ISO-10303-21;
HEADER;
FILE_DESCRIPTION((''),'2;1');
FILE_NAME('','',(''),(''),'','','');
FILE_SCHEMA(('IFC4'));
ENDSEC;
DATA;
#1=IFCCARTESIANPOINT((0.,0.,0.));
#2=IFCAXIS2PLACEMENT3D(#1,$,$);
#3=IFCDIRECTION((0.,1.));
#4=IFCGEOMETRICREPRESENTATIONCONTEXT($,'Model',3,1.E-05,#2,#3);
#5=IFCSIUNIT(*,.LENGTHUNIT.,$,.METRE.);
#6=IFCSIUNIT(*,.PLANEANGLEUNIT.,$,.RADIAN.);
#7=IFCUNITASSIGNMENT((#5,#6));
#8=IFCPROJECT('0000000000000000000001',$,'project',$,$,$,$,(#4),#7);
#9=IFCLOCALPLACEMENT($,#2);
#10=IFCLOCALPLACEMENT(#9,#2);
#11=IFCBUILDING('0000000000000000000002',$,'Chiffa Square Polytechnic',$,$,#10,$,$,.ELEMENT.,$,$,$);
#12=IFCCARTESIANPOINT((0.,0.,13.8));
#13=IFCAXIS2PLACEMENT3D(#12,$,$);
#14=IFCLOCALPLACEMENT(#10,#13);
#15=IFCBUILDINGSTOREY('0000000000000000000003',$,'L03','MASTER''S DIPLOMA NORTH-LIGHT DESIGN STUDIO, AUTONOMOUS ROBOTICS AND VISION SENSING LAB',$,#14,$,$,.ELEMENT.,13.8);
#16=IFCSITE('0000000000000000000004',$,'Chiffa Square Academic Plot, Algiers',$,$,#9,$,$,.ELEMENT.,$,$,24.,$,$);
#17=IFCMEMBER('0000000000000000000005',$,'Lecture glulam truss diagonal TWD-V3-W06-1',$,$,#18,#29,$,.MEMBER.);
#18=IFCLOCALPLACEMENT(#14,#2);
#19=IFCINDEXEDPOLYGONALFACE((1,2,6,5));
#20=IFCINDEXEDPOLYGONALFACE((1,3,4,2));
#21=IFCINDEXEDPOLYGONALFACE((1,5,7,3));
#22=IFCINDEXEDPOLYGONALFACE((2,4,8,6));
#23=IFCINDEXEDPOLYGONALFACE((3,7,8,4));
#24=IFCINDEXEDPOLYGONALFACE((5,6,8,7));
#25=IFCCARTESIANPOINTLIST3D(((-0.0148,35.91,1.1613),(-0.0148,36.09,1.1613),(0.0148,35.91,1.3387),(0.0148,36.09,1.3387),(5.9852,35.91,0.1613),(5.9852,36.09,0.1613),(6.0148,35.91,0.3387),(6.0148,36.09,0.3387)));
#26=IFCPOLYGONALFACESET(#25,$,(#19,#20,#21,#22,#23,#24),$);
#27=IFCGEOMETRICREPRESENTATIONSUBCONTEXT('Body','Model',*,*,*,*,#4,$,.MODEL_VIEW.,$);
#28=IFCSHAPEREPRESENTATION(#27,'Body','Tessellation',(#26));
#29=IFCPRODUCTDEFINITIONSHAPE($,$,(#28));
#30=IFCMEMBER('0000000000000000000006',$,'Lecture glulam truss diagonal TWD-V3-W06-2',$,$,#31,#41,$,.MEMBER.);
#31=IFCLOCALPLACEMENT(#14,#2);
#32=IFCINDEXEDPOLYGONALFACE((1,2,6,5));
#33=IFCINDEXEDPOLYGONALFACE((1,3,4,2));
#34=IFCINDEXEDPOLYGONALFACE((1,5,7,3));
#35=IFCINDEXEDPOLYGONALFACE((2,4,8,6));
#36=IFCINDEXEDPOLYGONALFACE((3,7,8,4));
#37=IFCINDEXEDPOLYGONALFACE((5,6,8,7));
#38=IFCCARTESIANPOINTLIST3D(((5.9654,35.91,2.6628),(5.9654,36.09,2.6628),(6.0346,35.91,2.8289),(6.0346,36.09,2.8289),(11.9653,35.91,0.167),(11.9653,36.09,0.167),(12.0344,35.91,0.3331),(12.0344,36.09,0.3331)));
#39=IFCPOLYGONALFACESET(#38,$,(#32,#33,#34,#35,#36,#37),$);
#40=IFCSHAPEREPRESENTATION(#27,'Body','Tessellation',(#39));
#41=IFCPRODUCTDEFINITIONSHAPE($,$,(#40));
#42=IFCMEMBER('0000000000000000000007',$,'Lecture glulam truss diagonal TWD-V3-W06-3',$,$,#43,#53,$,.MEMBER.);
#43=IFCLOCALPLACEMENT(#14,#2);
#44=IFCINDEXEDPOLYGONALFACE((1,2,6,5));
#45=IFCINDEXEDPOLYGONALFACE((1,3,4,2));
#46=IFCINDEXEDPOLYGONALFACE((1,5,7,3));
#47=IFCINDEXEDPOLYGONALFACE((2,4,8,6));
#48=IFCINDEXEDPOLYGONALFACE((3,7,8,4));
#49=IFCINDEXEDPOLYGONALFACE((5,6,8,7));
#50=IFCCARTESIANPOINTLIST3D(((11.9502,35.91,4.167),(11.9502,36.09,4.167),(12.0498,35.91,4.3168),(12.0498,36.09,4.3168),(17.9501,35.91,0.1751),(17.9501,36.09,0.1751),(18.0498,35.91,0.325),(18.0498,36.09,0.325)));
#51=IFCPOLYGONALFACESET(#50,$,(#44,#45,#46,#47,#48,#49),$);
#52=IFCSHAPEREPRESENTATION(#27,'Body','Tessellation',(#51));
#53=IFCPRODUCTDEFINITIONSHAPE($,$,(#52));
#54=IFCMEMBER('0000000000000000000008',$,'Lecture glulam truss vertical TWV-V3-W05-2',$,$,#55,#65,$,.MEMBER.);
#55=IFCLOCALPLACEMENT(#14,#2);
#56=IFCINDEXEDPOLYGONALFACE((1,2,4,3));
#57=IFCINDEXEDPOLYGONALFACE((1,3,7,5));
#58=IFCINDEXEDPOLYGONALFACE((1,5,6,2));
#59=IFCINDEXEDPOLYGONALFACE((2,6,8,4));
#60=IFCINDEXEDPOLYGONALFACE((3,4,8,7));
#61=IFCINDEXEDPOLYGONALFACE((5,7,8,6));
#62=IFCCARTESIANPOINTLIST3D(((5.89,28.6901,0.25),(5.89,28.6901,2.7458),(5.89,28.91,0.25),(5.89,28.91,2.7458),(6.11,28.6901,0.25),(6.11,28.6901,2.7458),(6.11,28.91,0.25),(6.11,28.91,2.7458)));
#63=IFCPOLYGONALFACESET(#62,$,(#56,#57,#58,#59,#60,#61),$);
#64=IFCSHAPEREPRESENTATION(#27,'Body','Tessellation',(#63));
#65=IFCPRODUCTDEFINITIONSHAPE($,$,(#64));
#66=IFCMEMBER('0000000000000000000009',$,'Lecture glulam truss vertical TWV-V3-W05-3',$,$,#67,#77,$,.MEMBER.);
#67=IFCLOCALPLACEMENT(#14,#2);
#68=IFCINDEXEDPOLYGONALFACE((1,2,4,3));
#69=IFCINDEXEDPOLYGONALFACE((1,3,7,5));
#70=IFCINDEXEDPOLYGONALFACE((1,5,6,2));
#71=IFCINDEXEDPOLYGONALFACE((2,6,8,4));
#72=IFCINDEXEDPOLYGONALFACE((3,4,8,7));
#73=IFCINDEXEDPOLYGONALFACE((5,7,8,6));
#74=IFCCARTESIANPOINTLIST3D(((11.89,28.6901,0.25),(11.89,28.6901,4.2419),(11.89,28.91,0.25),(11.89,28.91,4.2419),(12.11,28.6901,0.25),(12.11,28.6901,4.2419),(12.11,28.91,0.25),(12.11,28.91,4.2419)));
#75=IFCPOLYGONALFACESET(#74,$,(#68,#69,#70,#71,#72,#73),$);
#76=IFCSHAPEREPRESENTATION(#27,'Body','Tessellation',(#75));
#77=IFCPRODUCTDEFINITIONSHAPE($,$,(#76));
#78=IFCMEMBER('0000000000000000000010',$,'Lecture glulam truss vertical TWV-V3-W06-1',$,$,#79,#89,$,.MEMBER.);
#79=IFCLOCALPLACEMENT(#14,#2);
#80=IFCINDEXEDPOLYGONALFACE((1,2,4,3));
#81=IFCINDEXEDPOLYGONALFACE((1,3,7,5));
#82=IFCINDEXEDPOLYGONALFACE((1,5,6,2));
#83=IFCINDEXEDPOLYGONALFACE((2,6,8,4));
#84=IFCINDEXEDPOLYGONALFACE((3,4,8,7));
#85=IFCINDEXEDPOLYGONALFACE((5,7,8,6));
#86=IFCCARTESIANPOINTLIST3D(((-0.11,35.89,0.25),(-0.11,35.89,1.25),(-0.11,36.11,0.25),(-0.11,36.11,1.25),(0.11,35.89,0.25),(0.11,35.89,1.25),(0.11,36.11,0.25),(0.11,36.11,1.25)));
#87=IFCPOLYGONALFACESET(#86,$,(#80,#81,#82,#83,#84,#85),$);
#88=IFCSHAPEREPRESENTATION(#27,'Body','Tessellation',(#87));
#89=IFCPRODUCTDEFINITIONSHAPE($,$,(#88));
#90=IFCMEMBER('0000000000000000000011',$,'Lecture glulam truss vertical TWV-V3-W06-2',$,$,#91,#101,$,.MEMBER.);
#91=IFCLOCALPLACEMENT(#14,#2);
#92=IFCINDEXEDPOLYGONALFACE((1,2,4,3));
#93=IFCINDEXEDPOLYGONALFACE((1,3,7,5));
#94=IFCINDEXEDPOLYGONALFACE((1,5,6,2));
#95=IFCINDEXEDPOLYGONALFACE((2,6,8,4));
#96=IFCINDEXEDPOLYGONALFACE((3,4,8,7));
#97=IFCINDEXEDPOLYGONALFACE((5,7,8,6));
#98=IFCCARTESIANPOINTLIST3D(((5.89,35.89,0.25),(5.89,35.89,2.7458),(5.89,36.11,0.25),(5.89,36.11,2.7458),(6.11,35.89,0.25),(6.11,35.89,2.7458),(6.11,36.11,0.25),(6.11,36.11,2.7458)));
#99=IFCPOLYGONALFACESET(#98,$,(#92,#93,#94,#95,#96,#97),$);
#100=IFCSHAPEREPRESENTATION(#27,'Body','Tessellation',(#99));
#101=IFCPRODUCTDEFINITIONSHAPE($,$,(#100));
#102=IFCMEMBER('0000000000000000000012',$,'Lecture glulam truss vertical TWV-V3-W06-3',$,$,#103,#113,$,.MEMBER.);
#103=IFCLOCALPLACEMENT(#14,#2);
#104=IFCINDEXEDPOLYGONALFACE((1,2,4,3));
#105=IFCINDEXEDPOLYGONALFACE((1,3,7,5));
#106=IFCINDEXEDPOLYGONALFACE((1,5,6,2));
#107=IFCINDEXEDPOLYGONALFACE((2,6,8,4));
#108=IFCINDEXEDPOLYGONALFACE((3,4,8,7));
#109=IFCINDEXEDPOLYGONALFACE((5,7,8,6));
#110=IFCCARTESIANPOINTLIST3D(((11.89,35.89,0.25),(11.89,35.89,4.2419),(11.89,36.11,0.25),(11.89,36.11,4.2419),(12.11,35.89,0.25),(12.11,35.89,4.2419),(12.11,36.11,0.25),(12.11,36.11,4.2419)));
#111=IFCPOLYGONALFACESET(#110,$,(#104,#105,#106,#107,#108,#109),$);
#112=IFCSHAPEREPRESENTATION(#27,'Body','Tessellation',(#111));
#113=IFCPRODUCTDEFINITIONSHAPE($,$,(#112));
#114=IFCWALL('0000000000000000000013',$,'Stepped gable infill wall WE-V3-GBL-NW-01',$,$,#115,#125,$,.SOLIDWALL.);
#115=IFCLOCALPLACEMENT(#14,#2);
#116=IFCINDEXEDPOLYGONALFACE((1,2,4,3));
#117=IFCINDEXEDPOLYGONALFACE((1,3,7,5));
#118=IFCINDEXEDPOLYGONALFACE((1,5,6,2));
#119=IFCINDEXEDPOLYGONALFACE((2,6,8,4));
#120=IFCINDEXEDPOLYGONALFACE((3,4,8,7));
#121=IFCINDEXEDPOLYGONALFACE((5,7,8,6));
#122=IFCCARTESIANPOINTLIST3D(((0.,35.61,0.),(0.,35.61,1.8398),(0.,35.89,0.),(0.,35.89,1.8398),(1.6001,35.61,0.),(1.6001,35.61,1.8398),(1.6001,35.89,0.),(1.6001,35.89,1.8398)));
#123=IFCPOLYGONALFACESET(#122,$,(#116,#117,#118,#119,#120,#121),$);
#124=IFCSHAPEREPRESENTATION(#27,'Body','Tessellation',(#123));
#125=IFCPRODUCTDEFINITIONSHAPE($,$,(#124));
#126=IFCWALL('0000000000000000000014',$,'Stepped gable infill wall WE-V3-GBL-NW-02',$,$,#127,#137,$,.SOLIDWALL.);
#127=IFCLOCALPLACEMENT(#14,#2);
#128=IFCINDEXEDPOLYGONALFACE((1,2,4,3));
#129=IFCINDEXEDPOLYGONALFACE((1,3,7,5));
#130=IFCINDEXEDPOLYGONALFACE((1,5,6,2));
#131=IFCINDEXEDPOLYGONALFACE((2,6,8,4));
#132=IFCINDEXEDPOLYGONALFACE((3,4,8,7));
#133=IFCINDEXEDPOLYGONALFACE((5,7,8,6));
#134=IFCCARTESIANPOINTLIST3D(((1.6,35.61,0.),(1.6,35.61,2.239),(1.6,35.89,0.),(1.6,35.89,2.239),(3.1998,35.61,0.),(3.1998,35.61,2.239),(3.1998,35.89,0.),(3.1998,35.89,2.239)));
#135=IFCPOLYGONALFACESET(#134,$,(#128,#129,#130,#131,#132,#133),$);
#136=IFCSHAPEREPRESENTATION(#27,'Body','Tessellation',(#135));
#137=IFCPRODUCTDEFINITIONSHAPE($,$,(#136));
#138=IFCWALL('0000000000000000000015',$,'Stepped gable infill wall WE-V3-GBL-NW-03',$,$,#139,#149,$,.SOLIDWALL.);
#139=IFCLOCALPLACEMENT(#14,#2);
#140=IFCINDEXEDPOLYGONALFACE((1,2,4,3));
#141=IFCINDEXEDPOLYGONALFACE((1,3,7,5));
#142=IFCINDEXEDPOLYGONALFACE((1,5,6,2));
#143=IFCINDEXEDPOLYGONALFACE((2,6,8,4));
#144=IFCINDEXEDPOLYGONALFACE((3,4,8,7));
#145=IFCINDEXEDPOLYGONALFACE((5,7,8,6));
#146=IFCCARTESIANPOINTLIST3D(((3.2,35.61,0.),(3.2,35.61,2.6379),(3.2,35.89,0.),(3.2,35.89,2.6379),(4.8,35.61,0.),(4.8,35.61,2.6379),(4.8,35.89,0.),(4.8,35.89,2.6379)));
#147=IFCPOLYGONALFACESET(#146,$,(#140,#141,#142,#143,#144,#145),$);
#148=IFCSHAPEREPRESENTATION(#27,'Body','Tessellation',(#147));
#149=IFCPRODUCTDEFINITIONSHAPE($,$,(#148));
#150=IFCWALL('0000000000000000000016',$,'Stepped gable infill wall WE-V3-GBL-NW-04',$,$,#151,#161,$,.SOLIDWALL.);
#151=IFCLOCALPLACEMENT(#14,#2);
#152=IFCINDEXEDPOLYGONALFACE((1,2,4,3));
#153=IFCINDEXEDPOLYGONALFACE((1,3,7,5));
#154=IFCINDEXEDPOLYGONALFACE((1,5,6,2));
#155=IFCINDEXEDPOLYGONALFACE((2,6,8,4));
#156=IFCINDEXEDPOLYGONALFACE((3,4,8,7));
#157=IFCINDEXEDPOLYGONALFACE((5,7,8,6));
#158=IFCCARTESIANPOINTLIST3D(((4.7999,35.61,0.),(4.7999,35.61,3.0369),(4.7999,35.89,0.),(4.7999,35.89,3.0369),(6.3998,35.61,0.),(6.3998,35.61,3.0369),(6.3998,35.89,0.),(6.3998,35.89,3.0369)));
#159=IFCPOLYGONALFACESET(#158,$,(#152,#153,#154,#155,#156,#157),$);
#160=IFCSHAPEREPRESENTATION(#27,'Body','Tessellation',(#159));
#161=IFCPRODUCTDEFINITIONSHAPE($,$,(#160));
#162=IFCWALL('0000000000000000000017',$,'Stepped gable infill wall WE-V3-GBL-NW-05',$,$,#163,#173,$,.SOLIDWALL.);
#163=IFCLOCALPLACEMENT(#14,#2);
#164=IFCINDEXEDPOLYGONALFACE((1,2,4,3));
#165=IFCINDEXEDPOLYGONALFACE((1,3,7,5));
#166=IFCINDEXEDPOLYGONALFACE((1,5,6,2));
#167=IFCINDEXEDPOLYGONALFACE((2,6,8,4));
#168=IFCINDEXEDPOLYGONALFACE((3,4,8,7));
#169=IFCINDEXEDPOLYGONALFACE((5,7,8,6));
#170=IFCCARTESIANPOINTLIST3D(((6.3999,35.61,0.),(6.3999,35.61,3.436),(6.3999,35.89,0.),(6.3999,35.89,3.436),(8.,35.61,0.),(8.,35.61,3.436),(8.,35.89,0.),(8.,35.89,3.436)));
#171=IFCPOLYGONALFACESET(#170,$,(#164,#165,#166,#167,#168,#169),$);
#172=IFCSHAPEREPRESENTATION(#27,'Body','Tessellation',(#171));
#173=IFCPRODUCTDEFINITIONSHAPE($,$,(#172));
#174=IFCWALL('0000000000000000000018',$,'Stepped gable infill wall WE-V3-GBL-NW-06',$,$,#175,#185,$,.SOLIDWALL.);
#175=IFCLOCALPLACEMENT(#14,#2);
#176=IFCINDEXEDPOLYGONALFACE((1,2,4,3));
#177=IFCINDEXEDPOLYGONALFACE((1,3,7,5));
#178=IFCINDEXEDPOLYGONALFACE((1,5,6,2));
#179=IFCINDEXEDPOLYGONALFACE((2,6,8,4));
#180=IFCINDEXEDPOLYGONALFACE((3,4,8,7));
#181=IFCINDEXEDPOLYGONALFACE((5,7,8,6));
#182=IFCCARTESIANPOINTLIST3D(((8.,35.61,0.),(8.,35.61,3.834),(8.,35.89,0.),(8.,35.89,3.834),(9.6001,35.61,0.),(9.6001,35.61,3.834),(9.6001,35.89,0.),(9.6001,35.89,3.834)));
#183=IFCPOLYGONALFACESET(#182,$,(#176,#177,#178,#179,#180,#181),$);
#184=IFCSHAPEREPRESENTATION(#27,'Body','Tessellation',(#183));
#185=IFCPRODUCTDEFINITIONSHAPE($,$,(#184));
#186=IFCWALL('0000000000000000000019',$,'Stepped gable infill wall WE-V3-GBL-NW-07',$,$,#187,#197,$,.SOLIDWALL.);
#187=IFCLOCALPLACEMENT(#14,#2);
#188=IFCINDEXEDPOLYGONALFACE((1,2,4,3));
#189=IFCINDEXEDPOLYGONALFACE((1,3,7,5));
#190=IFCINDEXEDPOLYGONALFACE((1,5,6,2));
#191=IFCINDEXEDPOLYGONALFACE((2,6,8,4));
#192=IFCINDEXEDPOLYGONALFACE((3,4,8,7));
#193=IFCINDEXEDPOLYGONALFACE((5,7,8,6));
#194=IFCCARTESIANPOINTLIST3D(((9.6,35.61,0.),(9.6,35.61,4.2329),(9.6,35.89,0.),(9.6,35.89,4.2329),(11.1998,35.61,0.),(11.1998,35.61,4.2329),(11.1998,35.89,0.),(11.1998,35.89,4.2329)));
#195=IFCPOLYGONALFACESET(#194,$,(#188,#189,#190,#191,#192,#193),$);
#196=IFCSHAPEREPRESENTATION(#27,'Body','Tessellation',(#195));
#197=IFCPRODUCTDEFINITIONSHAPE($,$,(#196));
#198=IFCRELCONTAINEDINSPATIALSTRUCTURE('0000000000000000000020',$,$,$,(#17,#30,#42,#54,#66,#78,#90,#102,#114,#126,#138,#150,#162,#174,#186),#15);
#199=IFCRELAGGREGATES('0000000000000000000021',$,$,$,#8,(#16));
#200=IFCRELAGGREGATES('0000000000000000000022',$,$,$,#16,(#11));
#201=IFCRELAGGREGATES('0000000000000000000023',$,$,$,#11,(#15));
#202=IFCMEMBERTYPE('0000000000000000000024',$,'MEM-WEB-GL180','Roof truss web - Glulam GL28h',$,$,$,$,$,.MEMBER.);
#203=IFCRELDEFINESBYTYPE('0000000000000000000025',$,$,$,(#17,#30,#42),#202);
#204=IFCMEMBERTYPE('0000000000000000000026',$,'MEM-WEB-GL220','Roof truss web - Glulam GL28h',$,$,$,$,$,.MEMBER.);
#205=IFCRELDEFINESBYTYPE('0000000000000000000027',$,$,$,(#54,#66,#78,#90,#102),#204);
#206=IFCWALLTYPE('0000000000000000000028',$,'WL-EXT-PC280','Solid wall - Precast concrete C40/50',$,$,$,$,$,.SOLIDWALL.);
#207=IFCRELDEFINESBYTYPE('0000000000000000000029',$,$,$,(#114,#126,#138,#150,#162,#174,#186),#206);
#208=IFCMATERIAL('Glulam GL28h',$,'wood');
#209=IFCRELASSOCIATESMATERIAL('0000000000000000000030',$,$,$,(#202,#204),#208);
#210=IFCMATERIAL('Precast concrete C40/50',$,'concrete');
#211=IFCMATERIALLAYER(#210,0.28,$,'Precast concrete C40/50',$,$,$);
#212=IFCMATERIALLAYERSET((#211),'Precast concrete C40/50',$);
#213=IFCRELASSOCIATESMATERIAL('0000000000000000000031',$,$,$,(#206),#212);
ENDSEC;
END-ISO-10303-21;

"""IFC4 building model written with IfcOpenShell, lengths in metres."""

from ifc_helpers import new_model, si_unit, direction, frame, frame_2d, origin, origin_2d, place, context, subcontext, project, spatial, rectangle, extrude, material, layer, layer_set, material_profile, profile_set, type_object, element, save


model = new_model("IFC4")

# Units and contexts
model_context = context("Model", 3, precision=1e-05, world=origin(), true_north=direction((0.0, 1.0)))
body_context = subcontext(model_context, "Body", "Model", "MODEL_VIEW")
ifc_project = project(units=[si_unit("LENGTHUNIT", "METRE"), si_unit("PLANEANGLEUNIT", "RADIAN")], contexts=[model_context])

# Site, building, storey
site_placement = place(None, origin())
site = spatial("IfcSite", under=ifc_project, at=site_placement, Name="Chiffa Square Academic Plot, Algiers", CompositionType="ELEMENT", RefElevation=24.0)
building_placement = place(site_placement, origin())
building = spatial("IfcBuilding", under=site, at=building_placement, Name="Chiffa Square Polytechnic", CompositionType="ELEMENT")
storey_placement = place(building_placement, frame((0.0, 0.0, 13.8)))
storey = spatial("IfcBuildingStorey", under=building, at=storey_placement, Name="L03", Description="MASTER'S DIPLOMA NORTH-LIGHT DESIGN STUDIO, AUTONOMOUS ROBOTICS AND VISION SENSING LAB", CompositionType="ELEMENT", Elevation=13.8)

# Members
ifc_material_1 = material(Name="Glulam GL28h", Category="wood")
ifc_material_profile_1 = material_profile(ifc_material_1, rectangle(XDim=0.1799, YDim=0.1799, at=origin_2d()), Name="GL28h 180x180")
ifc_profile_set_1 = profile_set([ifc_material_profile_1], Name="Glulam GL28h")
member_type_1 = type_object("IfcMemberType", Name="MEM-WEB-GL180", Description="Roof truss web - Glulam GL28h", PredefinedType="MEMBER", material=ifc_profile_set_1)
member_1_placement = place(storey_placement, frame((0.0, 36.0, 1.25), z_axis=(0.986394, 0.0, -0.164399), x_axis=(0.0, 1.0, 0.0)))
element("IfcMember", 1, at=member_1_placement, inside=storey, type_object=member_type_1, Name="Lecture glulam truss diagonal TWD-V3-W06-1", PredefinedType="MEMBER", context=body_context, shape_type="SweptSolid", body=[
    extrude(rectangle(XDim=0.1799, YDim=0.1799, at=origin_2d()), origin(), (0.0, 0.0, 1.0), 6.0828),
])
member_2_placement = place(storey_placement, frame((6.0, 36.0, 2.7458), z_axis=(0.923304, 0.0, -0.384071), x_axis=(0.0, 1.0, 0.0)))
element("IfcMember", 2, at=member_2_placement, inside=storey, type_object=member_type_1, Name="Lecture glulam truss diagonal TWD-V3-W06-2", PredefinedType="MEMBER", context=body_context, shape_type="SweptSolid", body=[
    extrude(rectangle(XDim=0.1799, YDim=0.1799, at=origin_2d()), origin(), (0.0, 0.0, 1.0), 6.4983),
])
member_3_placement = place(storey_placement, frame((12.0, 36.0, 4.2419), z_axis=(0.832566, 0.0, -0.553926), x_axis=(0.0, 1.0, 0.0)))
element("IfcMember", 3, at=member_3_placement, inside=storey, type_object=member_type_1, Name="Lecture glulam truss diagonal TWD-V3-W06-3", PredefinedType="MEMBER", context=body_context, shape_type="SweptSolid", body=[
    extrude(rectangle(XDim=0.1799, YDim=0.1799, at=origin_2d()), origin(), (0.0, 0.0, 1.0), 7.2065),
])
ifc_material_profile_2 = material_profile(ifc_material_1, rectangle(XDim=0.22, YDim=0.22, at=origin_2d()), Name="GL28h 220x220")
ifc_profile_set_2 = profile_set([ifc_material_profile_2], Name="Glulam GL28h")
member_type_2 = type_object("IfcMemberType", Name="MEM-WEB-GL220", Description="Roof truss web - Glulam GL28h", PredefinedType="MEMBER", material=ifc_profile_set_2)
member_4_placement = place(storey_placement, frame((6.0, 28.8, 0.25), z_axis=(0.0, 0.0, 1.0), x_axis=(1.0, 0.0, 0.0)))
element("IfcMember", 4, at=member_4_placement, inside=storey, type_object=member_type_2, Name="Lecture glulam truss vertical TWV-V3-W05-2", PredefinedType="MEMBER", context=body_context, shape_type="SweptSolid", body=[
    extrude(rectangle(XDim=0.22, YDim=0.22, at=origin_2d()), origin(), (0.0, 0.0, 1.0), 2.4958),
])
member_5_placement = place(storey_placement, frame((12.0, 28.8, 0.25), z_axis=(0.0, 0.0, 1.0), x_axis=(1.0, 0.0, 0.0)))
element("IfcMember", 5, at=member_5_placement, inside=storey, type_object=member_type_2, Name="Lecture glulam truss vertical TWV-V3-W05-3", PredefinedType="MEMBER", context=body_context, shape_type="SweptSolid", body=[
    extrude(rectangle(XDim=0.22, YDim=0.22, at=origin_2d()), origin(), (0.0, 0.0, 1.0), 3.9919),
])
member_6_placement = place(storey_placement, frame((0.0, 36.0, 0.25), z_axis=(0.0, 0.0, 1.0), x_axis=(1.0, 0.0, 0.0)))
element("IfcMember", 6, at=member_6_placement, inside=storey, type_object=member_type_2, Name="Lecture glulam truss vertical TWV-V3-W06-1", PredefinedType="MEMBER", context=body_context, shape_type="SweptSolid", body=[
    extrude(rectangle(XDim=0.22, YDim=0.22, at=origin_2d()), origin(), (0.0, 0.0, 1.0), 1.0),
])
member_7_placement = place(storey_placement, frame((6.0, 36.0, 0.25), z_axis=(0.0, 0.0, 1.0), x_axis=(1.0, 0.0, 0.0)))
element("IfcMember", 7, at=member_7_placement, inside=storey, type_object=member_type_2, Name="Lecture glulam truss vertical TWV-V3-W06-2", PredefinedType="MEMBER", context=body_context, shape_type="SweptSolid", body=[
    extrude(rectangle(XDim=0.22, YDim=0.22, at=origin_2d()), origin(), (0.0, 0.0, 1.0), 2.4958),
])
member_8_placement = place(storey_placement, frame((12.0, 36.0, 0.25), z_axis=(0.0, 0.0, 1.0), x_axis=(1.0, 0.0, 0.0)))
element("IfcMember", 8, at=member_8_placement, inside=storey, type_object=member_type_2, Name="Lecture glulam truss vertical TWV-V3-W06-3", PredefinedType="MEMBER", context=body_context, shape_type="SweptSolid", body=[
    extrude(rectangle(XDim=0.22, YDim=0.22, at=origin_2d()), origin(), (0.0, 0.0, 1.0), 3.9919),
])

# Walls
ifc_material_2 = material(Name="Precast concrete C40/50", Category="concrete")
ifc_layer = layer(ifc_material_2, 0.28, Name="Precast concrete C40/50")
ifc_layer_set = layer_set([ifc_layer], Name="Precast concrete C40/50")
wall_type = type_object("IfcWallType", Name="WL-EXT-PC280", Description="Solid wall - Precast concrete C40/50", PredefinedType="SOLIDWALL", material=ifc_layer_set)
wall_1_placement = place(storey_placement, frame((0.0, 35.75, 0.0), z_axis=(0.0, 0.0, 1.0), x_axis=(1.0, 0.0, 0.0)))
element("IfcWall", 9, at=wall_1_placement, inside=storey, type_object=wall_type, Name="Stepped gable infill wall WE-V3-GBL-NW-01", PredefinedType="SOLIDWALL", context=body_context, shape_type="SweptSolid", body=[
    extrude(rectangle(XDim=1.6001, YDim=0.28, at=frame_2d((0.8, 0.0))), origin(), (0.0, 0.0, 1.0), 1.8398),
])
wall_2_placement = place(storey_placement, frame((1.6001, 35.75, 0.0), z_axis=(0.0, 0.0, 1.0), x_axis=(1.0, 0.0, 0.0)))
element("IfcWall", 10, at=wall_2_placement, inside=storey, type_object=wall_type, Name="Stepped gable infill wall WE-V3-GBL-NW-02", PredefinedType="SOLIDWALL", context=body_context, shape_type="SweptSolid", body=[
    extrude(rectangle(XDim=1.5999, YDim=0.28, at=frame_2d((0.7998, 0.0))), origin(), (0.0, 0.0, 1.0), 2.239),
])
wall_3_placement = place(storey_placement, frame((3.2, 35.75, 0.0), z_axis=(0.0, 0.0, 1.0), x_axis=(1.0, 0.0, 0.0)))
element("IfcWall", 11, at=wall_3_placement, inside=storey, type_object=wall_type, Name="Stepped gable infill wall WE-V3-GBL-NW-03", PredefinedType="SOLIDWALL", context=body_context, shape_type="SweptSolid", body=[
    extrude(rectangle(XDim=1.6001, YDim=0.28, at=frame_2d((0.8, 0.0))), origin(), (0.0, 0.0, 1.0), 2.6379),
])
wall_4_placement = place(storey_placement, frame((4.8, 35.75, 0.0), z_axis=(0.0, 0.0, 1.0), x_axis=(1.0, 0.0, 0.0)))
element("IfcWall", 12, at=wall_4_placement, inside=storey, type_object=wall_type, Name="Stepped gable infill wall WE-V3-GBL-NW-04", PredefinedType="SOLIDWALL", context=body_context, shape_type="SweptSolid", body=[
    extrude(rectangle(XDim=1.5999, YDim=0.28, at=frame_2d((0.7998, 0.0))), origin(), (0.0, 0.0, 1.0), 3.0369),
])
wall_5_placement = place(storey_placement, frame((6.3999, 35.75, 0.0), z_axis=(0.0, 0.0, 1.0), x_axis=(1.0, 0.0, 0.0)))
element("IfcWall", 13, at=wall_5_placement, inside=storey, type_object=wall_type, Name="Stepped gable infill wall WE-V3-GBL-NW-05", PredefinedType="SOLIDWALL", context=body_context, shape_type="SweptSolid", body=[
    extrude(rectangle(XDim=1.6001, YDim=0.28, at=frame_2d((0.8, 0.0))), origin(), (0.0, 0.0, 1.0), 3.436),
])
wall_6_placement = place(storey_placement, frame((8.0, 35.75, 0.0), z_axis=(0.0, 0.0, 1.0), x_axis=(1.0, 0.0, 0.0)))
element("IfcWall", 14, at=wall_6_placement, inside=storey, type_object=wall_type, Name="Stepped gable infill wall WE-V3-GBL-NW-06", PredefinedType="SOLIDWALL", context=body_context, shape_type="SweptSolid", body=[
    extrude(rectangle(XDim=1.6001, YDim=0.28, at=frame_2d((0.8, 0.0))), origin(), (0.0, 0.0, 1.0), 3.834),
])
wall_7_placement = place(storey_placement, frame((9.6001, 35.75, 0.0), z_axis=(0.0, 0.0, 1.0), x_axis=(1.0, 0.0, 0.0)))
element("IfcWall", 15, at=wall_7_placement, inside=storey, type_object=wall_type, Name="Stepped gable infill wall WE-V3-GBL-NW-07", PredefinedType="SOLIDWALL", context=body_context, shape_type="SweptSolid", body=[
    extrude(rectangle(XDim=1.5999, YDim=0.28, at=frame_2d((0.7998, 0.0))), origin(), (0.0, 0.0, 1.0), 4.2329),
])

save(model, "model.ifc")
